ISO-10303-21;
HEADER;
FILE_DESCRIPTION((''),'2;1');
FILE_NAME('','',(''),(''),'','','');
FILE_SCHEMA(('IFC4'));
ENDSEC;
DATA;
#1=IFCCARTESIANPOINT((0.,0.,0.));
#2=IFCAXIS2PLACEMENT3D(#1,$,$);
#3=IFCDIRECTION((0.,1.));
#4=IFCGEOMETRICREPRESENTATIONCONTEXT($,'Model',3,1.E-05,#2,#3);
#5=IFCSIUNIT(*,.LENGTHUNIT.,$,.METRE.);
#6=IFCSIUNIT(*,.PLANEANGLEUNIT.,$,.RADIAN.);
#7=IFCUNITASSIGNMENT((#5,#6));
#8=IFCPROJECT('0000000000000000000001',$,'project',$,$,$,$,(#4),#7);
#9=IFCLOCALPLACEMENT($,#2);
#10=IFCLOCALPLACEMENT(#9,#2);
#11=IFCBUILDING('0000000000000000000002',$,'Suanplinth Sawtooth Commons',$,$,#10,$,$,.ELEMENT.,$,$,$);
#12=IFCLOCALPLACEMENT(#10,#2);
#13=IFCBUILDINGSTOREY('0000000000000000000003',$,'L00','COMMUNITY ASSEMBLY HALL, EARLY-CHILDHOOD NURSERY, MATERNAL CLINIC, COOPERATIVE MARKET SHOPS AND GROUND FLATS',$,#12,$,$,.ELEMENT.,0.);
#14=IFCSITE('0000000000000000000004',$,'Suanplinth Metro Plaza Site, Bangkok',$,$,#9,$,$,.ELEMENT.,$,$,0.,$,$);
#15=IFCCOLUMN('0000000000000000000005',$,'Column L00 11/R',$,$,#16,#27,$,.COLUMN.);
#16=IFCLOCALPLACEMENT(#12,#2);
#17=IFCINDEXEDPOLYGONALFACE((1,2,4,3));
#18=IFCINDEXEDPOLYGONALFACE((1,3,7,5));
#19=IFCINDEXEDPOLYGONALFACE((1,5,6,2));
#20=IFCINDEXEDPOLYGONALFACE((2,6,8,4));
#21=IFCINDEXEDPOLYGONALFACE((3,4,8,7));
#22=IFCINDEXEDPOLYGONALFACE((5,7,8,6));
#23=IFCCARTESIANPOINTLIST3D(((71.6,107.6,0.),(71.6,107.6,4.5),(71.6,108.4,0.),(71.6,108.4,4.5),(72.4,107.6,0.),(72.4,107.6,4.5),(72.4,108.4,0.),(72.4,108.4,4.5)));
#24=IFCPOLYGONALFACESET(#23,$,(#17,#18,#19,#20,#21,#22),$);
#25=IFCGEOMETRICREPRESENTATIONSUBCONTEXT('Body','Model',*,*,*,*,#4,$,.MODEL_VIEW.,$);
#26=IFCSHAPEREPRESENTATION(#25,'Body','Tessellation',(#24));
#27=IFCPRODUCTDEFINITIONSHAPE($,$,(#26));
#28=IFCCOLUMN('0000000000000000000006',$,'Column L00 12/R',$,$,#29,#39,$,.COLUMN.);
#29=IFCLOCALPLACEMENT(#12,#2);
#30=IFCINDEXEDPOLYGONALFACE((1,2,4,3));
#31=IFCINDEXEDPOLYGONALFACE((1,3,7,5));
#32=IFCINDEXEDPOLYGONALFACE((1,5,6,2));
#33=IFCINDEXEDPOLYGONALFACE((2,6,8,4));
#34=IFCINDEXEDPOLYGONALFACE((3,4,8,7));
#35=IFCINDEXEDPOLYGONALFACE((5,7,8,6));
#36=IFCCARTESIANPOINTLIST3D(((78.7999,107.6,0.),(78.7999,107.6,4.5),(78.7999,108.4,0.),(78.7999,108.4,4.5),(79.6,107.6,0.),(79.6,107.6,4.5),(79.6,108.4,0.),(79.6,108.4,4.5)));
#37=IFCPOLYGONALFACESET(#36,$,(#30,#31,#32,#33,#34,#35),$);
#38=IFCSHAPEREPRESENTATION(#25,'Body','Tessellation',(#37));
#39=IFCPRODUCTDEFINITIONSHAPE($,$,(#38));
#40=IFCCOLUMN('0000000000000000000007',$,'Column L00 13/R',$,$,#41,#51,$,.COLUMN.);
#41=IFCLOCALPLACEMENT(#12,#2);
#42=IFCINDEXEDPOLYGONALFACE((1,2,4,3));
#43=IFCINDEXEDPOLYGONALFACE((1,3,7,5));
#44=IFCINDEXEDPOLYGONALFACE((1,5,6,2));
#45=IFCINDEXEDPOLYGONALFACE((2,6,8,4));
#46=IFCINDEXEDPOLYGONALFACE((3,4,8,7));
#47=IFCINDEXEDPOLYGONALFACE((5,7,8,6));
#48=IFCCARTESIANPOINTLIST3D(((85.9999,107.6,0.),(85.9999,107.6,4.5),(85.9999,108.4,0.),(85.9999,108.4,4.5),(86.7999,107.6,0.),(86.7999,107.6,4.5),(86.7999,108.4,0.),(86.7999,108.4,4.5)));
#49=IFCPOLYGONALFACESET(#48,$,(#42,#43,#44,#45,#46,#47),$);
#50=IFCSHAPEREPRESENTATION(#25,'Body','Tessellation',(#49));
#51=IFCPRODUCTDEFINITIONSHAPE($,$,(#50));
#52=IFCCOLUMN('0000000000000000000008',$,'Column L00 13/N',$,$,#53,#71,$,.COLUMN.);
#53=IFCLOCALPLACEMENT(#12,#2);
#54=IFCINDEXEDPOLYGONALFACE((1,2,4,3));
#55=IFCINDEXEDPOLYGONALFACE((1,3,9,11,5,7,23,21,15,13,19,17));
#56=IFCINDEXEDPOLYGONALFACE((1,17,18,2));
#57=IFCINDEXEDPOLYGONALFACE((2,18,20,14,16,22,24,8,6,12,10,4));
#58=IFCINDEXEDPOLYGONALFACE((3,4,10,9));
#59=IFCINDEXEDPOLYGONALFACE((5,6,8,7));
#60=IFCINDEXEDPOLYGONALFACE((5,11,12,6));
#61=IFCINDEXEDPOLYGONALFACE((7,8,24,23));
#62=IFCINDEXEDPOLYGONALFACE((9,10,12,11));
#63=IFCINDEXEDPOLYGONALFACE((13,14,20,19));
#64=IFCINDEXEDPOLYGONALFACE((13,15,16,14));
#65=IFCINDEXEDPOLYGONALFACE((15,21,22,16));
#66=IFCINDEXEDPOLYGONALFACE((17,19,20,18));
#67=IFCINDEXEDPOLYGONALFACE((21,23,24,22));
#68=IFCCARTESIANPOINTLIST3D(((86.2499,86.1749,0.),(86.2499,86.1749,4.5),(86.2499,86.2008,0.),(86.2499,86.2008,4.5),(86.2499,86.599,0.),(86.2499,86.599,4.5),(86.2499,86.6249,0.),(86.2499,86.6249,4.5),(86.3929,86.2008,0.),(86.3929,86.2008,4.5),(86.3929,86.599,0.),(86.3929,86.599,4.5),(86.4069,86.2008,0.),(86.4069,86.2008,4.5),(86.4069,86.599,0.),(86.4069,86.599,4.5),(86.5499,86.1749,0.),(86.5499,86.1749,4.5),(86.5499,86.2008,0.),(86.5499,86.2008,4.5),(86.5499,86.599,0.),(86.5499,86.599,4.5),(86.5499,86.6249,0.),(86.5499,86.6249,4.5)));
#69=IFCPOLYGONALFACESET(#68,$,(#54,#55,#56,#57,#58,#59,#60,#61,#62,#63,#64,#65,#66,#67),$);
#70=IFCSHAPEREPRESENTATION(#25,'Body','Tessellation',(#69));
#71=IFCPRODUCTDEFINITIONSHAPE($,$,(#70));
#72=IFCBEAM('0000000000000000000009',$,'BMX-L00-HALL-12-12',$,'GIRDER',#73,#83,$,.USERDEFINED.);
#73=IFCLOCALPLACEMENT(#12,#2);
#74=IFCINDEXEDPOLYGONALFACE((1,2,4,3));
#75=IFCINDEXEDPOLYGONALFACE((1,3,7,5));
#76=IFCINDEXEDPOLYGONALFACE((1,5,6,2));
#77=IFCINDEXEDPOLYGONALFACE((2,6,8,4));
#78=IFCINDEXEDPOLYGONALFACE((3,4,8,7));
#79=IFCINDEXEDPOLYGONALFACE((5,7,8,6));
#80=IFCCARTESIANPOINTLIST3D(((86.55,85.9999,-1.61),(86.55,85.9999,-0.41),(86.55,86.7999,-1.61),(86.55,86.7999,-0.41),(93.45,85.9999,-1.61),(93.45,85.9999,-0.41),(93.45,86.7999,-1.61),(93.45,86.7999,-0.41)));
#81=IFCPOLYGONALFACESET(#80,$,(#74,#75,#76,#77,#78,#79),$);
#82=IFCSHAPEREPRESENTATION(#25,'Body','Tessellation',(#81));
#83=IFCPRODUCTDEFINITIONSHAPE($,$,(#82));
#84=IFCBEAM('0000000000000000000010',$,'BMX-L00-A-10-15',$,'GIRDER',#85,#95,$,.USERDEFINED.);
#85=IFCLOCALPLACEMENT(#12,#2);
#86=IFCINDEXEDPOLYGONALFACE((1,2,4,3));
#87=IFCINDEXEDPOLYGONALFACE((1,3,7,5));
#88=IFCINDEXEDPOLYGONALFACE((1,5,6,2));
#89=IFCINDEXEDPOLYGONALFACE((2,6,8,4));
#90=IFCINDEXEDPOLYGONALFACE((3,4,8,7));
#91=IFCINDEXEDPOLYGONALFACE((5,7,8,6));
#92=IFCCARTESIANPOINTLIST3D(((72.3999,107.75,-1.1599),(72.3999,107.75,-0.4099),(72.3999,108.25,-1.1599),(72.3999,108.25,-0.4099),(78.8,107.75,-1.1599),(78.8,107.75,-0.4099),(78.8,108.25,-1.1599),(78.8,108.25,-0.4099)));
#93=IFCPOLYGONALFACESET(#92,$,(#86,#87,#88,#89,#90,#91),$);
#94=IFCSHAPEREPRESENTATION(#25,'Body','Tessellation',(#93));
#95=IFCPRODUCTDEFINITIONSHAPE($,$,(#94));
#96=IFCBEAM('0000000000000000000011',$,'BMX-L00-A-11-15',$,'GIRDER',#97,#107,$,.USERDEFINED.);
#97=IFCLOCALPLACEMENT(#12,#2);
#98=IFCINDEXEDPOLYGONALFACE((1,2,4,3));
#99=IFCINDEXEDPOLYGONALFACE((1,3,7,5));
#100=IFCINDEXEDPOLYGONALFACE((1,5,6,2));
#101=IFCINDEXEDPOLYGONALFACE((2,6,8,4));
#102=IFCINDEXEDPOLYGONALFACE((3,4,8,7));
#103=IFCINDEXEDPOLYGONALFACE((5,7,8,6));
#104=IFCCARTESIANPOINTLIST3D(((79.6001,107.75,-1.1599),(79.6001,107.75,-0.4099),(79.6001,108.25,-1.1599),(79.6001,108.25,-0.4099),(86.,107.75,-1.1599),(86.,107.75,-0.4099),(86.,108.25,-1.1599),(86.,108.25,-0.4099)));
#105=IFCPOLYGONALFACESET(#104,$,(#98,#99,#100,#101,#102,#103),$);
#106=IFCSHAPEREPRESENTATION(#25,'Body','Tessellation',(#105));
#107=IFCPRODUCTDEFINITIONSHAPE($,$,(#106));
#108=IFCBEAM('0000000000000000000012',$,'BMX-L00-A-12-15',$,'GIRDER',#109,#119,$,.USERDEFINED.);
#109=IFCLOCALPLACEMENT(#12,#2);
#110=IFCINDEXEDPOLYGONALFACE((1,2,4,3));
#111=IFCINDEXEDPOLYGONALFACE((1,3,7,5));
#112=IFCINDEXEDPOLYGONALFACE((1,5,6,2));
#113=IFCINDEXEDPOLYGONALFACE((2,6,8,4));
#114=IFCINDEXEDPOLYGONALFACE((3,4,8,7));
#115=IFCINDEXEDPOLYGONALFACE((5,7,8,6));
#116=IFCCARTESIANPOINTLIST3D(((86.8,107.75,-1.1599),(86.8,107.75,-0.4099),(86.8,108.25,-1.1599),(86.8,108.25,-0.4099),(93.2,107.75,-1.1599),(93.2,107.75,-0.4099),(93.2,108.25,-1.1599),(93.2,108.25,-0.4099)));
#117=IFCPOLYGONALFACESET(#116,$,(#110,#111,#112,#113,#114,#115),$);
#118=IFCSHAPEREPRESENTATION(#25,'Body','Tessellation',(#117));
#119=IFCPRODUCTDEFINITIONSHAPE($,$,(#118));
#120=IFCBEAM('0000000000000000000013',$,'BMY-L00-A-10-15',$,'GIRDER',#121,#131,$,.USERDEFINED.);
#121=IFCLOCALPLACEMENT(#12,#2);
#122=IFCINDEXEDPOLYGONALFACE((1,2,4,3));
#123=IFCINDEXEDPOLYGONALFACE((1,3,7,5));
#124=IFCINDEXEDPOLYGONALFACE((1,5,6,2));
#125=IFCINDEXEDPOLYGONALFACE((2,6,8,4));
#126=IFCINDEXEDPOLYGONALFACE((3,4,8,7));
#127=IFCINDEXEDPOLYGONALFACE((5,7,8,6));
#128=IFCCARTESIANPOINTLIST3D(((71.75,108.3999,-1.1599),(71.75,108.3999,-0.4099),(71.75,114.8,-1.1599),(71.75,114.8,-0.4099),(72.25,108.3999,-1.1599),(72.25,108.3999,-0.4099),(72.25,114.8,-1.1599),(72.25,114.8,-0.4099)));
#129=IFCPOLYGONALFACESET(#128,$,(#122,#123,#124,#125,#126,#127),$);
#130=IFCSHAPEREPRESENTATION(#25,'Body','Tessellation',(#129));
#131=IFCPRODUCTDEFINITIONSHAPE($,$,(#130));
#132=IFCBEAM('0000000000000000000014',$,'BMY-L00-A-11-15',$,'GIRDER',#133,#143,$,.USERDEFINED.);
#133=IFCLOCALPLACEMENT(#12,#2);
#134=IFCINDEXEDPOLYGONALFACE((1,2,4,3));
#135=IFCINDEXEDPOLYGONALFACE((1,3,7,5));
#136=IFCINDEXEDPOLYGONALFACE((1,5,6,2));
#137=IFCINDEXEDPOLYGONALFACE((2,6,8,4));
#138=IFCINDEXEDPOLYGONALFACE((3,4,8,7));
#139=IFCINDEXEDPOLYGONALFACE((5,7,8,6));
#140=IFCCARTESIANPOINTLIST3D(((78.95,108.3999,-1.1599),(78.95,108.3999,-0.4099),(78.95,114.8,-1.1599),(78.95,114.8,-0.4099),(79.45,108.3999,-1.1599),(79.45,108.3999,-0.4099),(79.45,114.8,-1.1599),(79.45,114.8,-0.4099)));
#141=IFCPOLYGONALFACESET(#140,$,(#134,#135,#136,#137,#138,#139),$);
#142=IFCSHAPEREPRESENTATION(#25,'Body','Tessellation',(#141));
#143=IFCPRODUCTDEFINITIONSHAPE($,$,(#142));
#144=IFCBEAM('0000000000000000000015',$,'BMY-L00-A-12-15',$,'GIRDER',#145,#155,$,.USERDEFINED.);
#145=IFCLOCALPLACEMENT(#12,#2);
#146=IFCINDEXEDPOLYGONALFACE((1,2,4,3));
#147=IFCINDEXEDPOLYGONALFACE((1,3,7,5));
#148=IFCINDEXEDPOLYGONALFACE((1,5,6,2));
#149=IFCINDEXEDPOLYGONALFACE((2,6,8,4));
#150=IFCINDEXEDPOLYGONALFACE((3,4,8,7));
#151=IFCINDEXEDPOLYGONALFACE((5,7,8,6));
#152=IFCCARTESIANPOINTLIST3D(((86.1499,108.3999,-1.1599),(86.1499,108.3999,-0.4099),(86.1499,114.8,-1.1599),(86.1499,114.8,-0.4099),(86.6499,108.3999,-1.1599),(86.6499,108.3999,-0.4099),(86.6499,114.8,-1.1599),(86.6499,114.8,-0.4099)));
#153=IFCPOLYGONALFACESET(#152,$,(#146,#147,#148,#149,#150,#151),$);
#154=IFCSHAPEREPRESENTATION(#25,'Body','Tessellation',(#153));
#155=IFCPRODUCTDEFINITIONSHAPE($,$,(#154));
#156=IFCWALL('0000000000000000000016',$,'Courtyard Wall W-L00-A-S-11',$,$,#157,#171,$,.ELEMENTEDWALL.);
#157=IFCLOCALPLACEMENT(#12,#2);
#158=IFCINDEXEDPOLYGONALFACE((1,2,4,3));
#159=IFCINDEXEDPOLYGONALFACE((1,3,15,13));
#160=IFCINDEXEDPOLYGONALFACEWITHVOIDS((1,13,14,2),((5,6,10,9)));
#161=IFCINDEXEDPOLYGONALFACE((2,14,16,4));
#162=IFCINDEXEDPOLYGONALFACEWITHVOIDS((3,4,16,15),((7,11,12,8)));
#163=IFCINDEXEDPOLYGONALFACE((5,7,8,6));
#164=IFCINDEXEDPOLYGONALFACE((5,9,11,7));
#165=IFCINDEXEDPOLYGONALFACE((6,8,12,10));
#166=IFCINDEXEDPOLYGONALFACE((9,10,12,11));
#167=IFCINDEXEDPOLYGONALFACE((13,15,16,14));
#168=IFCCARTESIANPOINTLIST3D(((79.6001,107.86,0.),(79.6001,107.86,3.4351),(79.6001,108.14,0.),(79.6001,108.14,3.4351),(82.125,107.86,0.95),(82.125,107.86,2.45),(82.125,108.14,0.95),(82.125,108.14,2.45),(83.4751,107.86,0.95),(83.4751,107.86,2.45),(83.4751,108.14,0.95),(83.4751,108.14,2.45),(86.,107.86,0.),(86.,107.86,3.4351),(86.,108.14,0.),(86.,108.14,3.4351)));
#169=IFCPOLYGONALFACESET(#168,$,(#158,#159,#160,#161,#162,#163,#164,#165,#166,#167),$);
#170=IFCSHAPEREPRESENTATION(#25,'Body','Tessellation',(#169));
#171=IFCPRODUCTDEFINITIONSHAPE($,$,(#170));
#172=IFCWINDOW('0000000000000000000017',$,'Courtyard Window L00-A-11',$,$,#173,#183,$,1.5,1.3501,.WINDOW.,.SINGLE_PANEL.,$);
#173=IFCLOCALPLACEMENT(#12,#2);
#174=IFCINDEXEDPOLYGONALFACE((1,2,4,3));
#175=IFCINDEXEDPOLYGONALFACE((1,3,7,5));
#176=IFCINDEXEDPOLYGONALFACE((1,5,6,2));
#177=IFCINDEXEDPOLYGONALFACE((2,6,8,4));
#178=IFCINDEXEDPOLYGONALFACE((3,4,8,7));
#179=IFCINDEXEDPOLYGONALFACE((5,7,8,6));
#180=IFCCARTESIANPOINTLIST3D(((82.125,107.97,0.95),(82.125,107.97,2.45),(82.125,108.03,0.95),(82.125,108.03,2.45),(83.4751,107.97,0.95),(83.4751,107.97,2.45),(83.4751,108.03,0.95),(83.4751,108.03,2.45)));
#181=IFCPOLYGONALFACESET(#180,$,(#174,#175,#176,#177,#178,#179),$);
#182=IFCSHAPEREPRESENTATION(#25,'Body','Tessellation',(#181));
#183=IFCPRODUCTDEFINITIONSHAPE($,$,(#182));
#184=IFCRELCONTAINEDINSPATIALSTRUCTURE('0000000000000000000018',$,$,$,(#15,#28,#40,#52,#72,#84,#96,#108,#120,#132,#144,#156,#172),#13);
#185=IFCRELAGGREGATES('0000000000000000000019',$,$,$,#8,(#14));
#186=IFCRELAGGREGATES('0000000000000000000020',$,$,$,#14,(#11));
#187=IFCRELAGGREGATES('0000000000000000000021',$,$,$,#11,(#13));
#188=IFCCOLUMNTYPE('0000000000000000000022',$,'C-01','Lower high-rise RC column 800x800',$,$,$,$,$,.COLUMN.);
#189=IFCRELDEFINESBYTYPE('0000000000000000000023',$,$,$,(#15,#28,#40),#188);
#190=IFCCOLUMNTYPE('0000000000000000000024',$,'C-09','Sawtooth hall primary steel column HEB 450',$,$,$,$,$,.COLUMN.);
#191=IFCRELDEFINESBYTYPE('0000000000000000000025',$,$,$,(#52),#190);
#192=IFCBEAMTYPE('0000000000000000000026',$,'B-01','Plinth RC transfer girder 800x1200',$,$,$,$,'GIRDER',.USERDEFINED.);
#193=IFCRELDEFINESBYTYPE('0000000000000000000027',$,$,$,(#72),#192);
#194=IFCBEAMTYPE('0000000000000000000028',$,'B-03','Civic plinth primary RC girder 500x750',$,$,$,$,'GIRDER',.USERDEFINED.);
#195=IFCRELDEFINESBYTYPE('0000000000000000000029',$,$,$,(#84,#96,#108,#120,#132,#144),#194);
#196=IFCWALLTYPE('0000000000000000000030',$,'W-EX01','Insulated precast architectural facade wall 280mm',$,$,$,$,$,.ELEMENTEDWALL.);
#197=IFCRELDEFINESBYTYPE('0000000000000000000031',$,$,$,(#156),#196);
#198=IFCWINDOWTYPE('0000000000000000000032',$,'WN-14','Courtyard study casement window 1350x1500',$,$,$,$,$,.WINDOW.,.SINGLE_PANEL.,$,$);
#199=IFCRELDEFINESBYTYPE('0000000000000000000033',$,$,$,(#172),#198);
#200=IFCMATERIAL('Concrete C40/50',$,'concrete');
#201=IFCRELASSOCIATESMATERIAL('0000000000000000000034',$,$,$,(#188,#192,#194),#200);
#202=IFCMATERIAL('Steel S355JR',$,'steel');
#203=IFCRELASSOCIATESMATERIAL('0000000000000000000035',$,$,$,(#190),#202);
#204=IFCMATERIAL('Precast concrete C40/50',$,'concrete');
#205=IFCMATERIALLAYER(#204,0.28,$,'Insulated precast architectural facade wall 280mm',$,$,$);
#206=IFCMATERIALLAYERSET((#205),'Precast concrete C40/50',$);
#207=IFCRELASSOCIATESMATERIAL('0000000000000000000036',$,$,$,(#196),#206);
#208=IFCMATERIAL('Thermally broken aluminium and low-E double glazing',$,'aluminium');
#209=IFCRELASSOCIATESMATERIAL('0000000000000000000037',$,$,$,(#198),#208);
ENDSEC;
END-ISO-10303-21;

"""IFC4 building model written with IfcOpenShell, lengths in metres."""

from ifc_helpers import new_model, si_unit, direction, frame, frame_2d, origin, origin_2d, place, context, subcontext, project, spatial, rectangle, i_section, extrude, material, layer, layer_set, material_profile, profile_set, type_object, element, fill, save


model = new_model("IFC4")

# Units and contexts
model_context = context("Model", 3, precision=1e-05, world=origin(), true_north=direction((0.0, 1.0)))
body_context = subcontext(model_context, "Body", "Model", "MODEL_VIEW")
ifc_project = project(units=[si_unit("LENGTHUNIT", "METRE"), si_unit("PLANEANGLEUNIT", "RADIAN")], contexts=[model_context])

# Site, building, storey
site_placement = place(None, origin())
site = spatial("IfcSite", under=ifc_project, at=site_placement, Name="Suanplinth Metro Plaza Site, Bangkok", CompositionType="ELEMENT", RefElevation=0.0)
building_placement = place(site_placement, origin())
building = spatial("IfcBuilding", under=site, at=building_placement, Name="Suanplinth Sawtooth Commons", CompositionType="ELEMENT")
storey_placement = place(building_placement, origin())
storey = spatial("IfcBuildingStorey", under=building, at=storey_placement, Name="L00", Description="COMMUNITY ASSEMBLY HALL, EARLY-CHILDHOOD NURSERY, MATERNAL CLINIC, COOPERATIVE MARKET SHOPS AND GROUND FLATS", CompositionType="ELEMENT", Elevation=0.0)

# Columns
ifc_material_1 = material(Name="Concrete C40/50", Category="concrete")
ifc_material_profile_1 = material_profile(ifc_material_1, rectangle(XDim=0.8, YDim=0.8, at=origin_2d()), Name="RC-COL 800x800")
ifc_profile_set_1 = profile_set([ifc_material_profile_1], Name="Concrete C40/50")
column_type_1 = type_object("IfcColumnType", Name="C-01", Description="Lower high-rise RC column 800x800", PredefinedType="COLUMN", material=ifc_profile_set_1)
for number, where, z_axis, x_axis, name in (
    (1, (72.0, 108.0, 0.0), (0.0, 0.0, 1.0), (1.0, 0.0, 0.0), "Column L00 11/R"),
    (2, (79.2, 108.0, 0.0), (0.0, 0.0, 1.0), (1.0, 0.0, 0.0), "Column L00 12/R"),
    (3, (86.3999, 108.0, 0.0), (0.0, 0.0, 1.0), (1.0, 0.0, 0.0), "Column L00 13/R"),
):
    element("IfcColumn", number, at=place(storey_placement, frame(where, z_axis=z_axis, x_axis=x_axis)), inside=storey, type_object=column_type_1, Name=name, PredefinedType="COLUMN", context=body_context, shape_type="SweptSolid", body=[
        extrude(rectangle(XDim=0.8, YDim=0.8, at=origin_2d()), origin(), (0.0, 0.0, 1.0), 4.5),
    ])
ifc_material_2 = material(Name="Steel S355JR", Category="steel")
ifc_material_profile_2 = material_profile(ifc_material_2, i_section(OverallWidth=0.3, OverallDepth=0.45, WebThickness=0.0139, FlangeThickness=0.0259, at=origin_2d()), Name="HEB 450")
ifc_profile_set_2 = profile_set([ifc_material_profile_2], Name="Steel S355JR")
column_type_2 = type_object("IfcColumnType", Name="C-09", Description="Sawtooth hall primary steel column HEB 450", PredefinedType="COLUMN", material=ifc_profile_set_2)
column_placement = place(storey_placement, frame((86.3999, 86.3999, 0.0), z_axis=(0.0, 0.0, 1.0), x_axis=(1.0, 0.0, 0.0)))
element("IfcColumn", 4, at=column_placement, inside=storey, type_object=column_type_2, Name="Column L00 13/N", PredefinedType="COLUMN", context=body_context, shape_type="SweptSolid", body=[
    extrude(i_section(OverallWidth=0.3, OverallDepth=0.45, WebThickness=0.0139, FlangeThickness=0.0259, at=origin_2d()), origin(), (0.0, 0.0, 1.0), 4.5),
])

# Beams
ifc_material_profile_3 = material_profile(ifc_material_1, rectangle(XDim=0.8, YDim=1.2, at=origin_2d()), Name="RC-TG 800x1200")
ifc_profile_set_3 = profile_set([ifc_material_profile_3], Name="Concrete C40/50")
beam_type_1 = type_object("IfcBeamType", Name="B-01", Description="Plinth RC transfer girder 800x1200", ElementType="GIRDER", PredefinedType="USERDEFINED", material=ifc_profile_set_3)
beam_1_placement = place(storey_placement, frame((86.55, 86.3999, -1.01), z_axis=(1.0, 0.0, 0.0), x_axis=(0.0, 1.0, 0.0)))
element("IfcBeam", 5, at=beam_1_placement, inside=storey, type_object=beam_type_1, Name="BMX-L00-HALL-12-12", ObjectType="GIRDER", PredefinedType="USERDEFINED", context=body_context, shape_type="SweptSolid", body=[
    extrude(rectangle(XDim=0.8, YDim=1.2, at=origin_2d()), origin(), (0.0, 0.0, 1.0), 6.8999),
])
ifc_material_profile_4 = material_profile(ifc_material_1, rectangle(XDim=0.5, YDim=0.75, at=origin_2d()), Name="RC-GDR 500x750")
ifc_profile_set_4 = profile_set([ifc_material_profile_4], Name="Concrete C40/50")
beam_type_2 = type_object("IfcBeamType", Name="B-03", Description="Civic plinth primary RC girder 500x750", ElementType="GIRDER", PredefinedType="USERDEFINED", material=ifc_profile_set_4)
beam_2_placement = place(storey_placement, frame((72.3999, 108.0, -0.7849), z_axis=(1.0, 0.0, 0.0), x_axis=(0.0, 1.0, 0.0)))
element("IfcBeam", 6, at=beam_2_placement, inside=storey, type_object=beam_type_2, Name="BMX-L00-A-10-15", ObjectType="GIRDER", PredefinedType="USERDEFINED", context=body_context, shape_type="SweptSolid", body=[
    extrude(rectangle(XDim=0.5, YDim=0.75, at=origin_2d()), origin(), (0.0, 0.0, 1.0), 6.4001),
])
for number, where, z_axis, x_axis, name in (
    (7, (79.6001, 108.0, -0.7849), (1.0, 0.0, 0.0), (0.0, 1.0, 0.0), "BMX-L00-A-11-15"),
    (8, (86.8, 108.0, -0.7849), (1.0, 0.0, 0.0), (0.0, 1.0, 0.0), "BMX-L00-A-12-15"),
):
    element("IfcBeam", number, at=place(storey_placement, frame(where, z_axis=z_axis, x_axis=x_axis)), inside=storey, type_object=beam_type_2, Name=name, ObjectType="GIRDER", PredefinedType="USERDEFINED", context=body_context, shape_type="SweptSolid", body=[
        extrude(rectangle(XDim=0.5, YDim=0.75, at=origin_2d()), origin(), (0.0, 0.0, 1.0), 6.3999),
    ])
for number, where, z_axis, x_axis, name in (
    (9, (72.0, 108.3999, -0.7849), (0.0, 1.0, 0.0), (-1.0, 0.0, 0.0), "BMY-L00-A-10-15"),
    (10, (79.2, 108.3999, -0.7849), (0.0, 1.0, 0.0), (-1.0, 0.0, 0.0), "BMY-L00-A-11-15"),
    (11, (86.3999, 108.3999, -0.7849), (0.0, 1.0, 0.0), (-1.0, 0.0, 0.0), "BMY-L00-A-12-15"),
):
    element("IfcBeam", number, at=place(storey_placement, frame(where, z_axis=z_axis, x_axis=x_axis)), inside=storey, type_object=beam_type_2, Name=name, ObjectType="GIRDER", PredefinedType="USERDEFINED", context=body_context, shape_type="SweptSolid", body=[
        extrude(rectangle(XDim=0.5, YDim=0.75, at=origin_2d()), origin(), (0.0, 0.0, 1.0), 6.4001),
    ])

# Shared definitions
ifc_material_3 = material(Name="Precast concrete C40/50", Category="concrete")
ifc_layer_1 = layer(ifc_material_3, 0.28, Name="Insulated precast architectural facade wall 280mm")
ifc_layer_set_1 = layer_set([ifc_layer_1], Name="Precast concrete C40/50")
wall_type_1 = type_object("IfcWallType", Name="W-EX01", Description="Insulated precast architectural facade wall 280mm", PredefinedType="ELEMENTEDWALL", material=ifc_layer_set_1)

# Wall, opening, window
wall_1_placement = place(storey_placement, frame((79.6001, 108.0, 0.0), z_axis=(0.0, 0.0, 1.0), x_axis=(1.0, 0.0, 0.0)))
wall_1 = element("IfcWall", 12, at=wall_1_placement, inside=storey, type_object=wall_type_1, Name="Courtyard Wall W-L00-A-S-11", PredefinedType="ELEMENTEDWALL", context=body_context, shape_type="SweptSolid", body=[
    extrude(rectangle(XDim=6.3999, YDim=0.28, at=frame_2d((3.2, 0.0))), origin(), (0.0, 0.0, 1.0), 3.4351),
])
opening_1_placement = place(wall_1_placement, frame((2.5249, 0.0, 0.95)))
opening_1 = element("IfcOpeningElement", 13, at=opening_1_placement, cuts=wall_1, PredefinedType="OPENING", context=body_context, shape_type="SweptSolid", body=[
    extrude(rectangle(XDim=1.3501, YDim=1.5, at=frame_2d((0.675, 0.75))), frame((0.0, 0.1548, 0.0), z_axis=(0.0, -1.0, 0.0), x_axis=(1.0, 0.0, 0.0)), (0.0, 0.0, 1.0), 0.3098),
])
ifc_material_4 = material(Name="Thermally broken aluminium and low-E double glazing", Category="aluminium")
window_type_1 = type_object("IfcWindowType", Name="WN-14", Description="Courtyard study casement window 1350x1500", PartitioningType="SINGLE_PANEL", PredefinedType="WINDOW", material=ifc_material_4)
window_1_placement = place(opening_1_placement, origin())
window_1 = element("IfcWindow", 14, at=window_1_placement, inside=storey, type_object=window_type_1, Name="Courtyard Window L00-A-11", OverallHeight=1.5, OverallWidth=1.3501, PartitioningType="SINGLE_PANEL", PredefinedType="WINDOW", context=body_context, shape_type="SweptSolid", body=[
    extrude(rectangle(XDim=1.3501, YDim=1.5, at=frame_2d((0.675, 0.75))), frame((0.0, 0.03, 0.0), z_axis=(0.0, -1.0, 0.0), x_axis=(1.0, 0.0, 0.0)), (0.0, 0.0, 1.0), 0.0601),
])
fill(opening_1, window_1)

save(model, "model.ifc")
